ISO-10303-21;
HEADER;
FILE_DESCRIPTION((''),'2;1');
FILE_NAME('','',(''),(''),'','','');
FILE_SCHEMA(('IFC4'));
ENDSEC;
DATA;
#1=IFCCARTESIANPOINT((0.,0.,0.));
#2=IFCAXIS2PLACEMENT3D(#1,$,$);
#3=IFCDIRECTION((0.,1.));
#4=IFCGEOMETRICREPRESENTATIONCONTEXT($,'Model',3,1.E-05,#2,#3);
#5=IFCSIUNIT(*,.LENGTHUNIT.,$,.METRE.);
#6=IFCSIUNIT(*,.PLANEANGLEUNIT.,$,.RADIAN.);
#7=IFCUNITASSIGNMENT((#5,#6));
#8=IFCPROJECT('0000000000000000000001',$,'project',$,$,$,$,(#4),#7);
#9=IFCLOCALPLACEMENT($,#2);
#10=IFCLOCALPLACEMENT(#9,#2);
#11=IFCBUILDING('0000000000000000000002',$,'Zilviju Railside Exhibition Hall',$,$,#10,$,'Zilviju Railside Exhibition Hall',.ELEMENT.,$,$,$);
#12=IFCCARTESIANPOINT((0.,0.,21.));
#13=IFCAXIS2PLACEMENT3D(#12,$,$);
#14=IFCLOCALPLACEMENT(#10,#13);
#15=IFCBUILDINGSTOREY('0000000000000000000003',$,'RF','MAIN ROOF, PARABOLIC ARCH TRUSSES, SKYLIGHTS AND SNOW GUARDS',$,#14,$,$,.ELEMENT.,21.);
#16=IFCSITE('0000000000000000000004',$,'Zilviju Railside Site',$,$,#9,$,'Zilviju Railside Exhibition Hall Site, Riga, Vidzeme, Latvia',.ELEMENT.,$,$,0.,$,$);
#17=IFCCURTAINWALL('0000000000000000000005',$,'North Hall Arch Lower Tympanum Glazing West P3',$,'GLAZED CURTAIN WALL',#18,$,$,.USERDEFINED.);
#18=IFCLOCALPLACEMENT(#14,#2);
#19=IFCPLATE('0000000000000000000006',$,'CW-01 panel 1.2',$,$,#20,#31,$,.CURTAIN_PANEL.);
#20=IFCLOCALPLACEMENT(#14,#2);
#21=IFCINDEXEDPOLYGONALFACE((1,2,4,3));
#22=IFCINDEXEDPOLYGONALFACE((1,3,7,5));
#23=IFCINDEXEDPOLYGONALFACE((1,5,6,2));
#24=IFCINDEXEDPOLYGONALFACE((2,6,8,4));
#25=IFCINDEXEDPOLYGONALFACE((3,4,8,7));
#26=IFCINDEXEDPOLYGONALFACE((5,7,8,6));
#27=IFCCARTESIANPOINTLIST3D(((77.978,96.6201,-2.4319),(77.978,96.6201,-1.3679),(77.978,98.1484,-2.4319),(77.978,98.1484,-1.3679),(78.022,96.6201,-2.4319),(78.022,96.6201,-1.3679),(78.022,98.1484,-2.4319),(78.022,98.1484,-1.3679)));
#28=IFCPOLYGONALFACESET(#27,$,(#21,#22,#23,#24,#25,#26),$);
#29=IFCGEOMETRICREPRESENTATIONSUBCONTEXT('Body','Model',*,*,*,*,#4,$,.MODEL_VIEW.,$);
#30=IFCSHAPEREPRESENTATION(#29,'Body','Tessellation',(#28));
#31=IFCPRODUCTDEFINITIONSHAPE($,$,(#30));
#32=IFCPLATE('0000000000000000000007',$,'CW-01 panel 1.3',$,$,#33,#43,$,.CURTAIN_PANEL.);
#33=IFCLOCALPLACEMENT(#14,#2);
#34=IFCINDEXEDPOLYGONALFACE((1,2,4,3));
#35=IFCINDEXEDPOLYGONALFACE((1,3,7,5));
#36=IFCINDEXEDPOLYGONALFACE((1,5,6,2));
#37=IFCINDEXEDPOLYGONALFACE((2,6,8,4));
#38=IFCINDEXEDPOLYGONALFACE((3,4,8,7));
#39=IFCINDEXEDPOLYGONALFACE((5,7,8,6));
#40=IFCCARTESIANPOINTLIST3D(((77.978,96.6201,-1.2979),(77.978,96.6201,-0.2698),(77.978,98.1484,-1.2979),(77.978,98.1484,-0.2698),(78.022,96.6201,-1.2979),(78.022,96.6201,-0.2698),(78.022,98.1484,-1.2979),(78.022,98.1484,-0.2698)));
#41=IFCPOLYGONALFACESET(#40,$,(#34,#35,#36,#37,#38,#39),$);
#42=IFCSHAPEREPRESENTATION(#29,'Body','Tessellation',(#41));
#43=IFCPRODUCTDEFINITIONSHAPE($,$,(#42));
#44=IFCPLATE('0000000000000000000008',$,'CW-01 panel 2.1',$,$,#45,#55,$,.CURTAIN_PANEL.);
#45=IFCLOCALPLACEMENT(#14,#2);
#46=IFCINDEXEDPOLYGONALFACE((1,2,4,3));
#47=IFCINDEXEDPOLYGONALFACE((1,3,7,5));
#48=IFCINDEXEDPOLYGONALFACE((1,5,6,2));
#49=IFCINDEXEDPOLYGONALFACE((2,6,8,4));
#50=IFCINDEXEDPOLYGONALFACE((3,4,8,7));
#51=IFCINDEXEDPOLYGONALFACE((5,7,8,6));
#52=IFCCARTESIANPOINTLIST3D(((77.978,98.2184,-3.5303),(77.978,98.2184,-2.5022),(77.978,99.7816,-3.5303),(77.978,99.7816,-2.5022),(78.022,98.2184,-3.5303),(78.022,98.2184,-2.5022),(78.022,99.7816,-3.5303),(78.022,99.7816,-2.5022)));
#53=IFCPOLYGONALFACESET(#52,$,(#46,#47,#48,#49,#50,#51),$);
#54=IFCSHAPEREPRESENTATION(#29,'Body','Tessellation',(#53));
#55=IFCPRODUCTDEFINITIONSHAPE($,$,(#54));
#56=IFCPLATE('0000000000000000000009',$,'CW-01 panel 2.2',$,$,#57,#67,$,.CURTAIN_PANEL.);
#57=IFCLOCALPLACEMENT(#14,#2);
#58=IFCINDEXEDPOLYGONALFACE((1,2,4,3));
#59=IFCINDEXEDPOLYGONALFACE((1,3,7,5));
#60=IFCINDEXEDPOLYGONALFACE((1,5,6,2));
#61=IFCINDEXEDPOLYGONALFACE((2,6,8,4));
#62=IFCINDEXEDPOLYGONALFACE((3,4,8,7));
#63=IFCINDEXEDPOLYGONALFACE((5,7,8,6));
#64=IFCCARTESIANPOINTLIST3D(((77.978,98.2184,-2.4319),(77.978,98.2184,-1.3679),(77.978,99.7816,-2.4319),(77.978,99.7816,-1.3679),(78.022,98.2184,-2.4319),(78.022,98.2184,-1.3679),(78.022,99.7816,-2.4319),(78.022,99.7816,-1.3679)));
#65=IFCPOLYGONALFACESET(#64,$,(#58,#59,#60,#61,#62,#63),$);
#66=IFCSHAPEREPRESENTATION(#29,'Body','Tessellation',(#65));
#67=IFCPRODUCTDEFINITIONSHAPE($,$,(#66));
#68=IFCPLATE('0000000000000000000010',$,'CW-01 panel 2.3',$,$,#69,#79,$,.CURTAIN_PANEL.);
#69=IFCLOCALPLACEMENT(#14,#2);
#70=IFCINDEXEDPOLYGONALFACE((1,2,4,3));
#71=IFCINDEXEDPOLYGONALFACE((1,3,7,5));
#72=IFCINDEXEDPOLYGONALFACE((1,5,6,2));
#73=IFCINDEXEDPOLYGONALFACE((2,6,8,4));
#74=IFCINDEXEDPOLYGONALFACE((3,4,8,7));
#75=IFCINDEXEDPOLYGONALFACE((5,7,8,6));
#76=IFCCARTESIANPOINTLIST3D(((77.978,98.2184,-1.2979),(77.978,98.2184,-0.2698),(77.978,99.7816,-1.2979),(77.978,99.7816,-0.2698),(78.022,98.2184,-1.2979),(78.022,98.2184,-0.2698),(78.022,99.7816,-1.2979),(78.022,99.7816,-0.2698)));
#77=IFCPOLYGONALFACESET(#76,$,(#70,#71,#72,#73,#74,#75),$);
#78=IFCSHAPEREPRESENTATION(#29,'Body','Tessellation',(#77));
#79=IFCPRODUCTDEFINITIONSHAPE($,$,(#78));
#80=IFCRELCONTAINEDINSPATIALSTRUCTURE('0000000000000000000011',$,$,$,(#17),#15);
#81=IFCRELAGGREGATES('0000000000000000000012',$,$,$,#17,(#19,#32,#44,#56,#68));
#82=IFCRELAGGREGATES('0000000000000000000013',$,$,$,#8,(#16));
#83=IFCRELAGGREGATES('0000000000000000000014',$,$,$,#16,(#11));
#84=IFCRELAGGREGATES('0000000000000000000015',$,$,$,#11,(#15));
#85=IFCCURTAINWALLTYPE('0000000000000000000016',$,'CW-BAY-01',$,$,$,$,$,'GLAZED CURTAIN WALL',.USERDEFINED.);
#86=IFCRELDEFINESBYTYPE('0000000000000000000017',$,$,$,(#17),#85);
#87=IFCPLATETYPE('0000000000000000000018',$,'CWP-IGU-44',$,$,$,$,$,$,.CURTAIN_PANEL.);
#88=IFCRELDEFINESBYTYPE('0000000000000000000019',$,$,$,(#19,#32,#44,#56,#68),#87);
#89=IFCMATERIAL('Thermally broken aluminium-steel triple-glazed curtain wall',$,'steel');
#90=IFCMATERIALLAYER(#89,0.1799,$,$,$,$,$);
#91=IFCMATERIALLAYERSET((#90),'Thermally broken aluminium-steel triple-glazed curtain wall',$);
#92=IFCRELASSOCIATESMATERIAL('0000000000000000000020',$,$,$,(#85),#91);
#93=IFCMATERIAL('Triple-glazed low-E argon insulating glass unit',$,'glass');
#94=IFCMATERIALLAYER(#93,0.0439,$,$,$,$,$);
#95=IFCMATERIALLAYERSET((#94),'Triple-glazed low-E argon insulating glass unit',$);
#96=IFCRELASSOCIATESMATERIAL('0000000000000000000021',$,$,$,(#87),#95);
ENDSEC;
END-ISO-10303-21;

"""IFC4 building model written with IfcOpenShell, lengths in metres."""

from ifc_helpers import new_model, si_unit, direction, frame, origin, origin_2d, place, context, subcontext, project, spatial, rectangle, extrude, material, layer, layer_set, type_object, element, aggregate, save


model = new_model("IFC4")

# Units and contexts
model_context = context("Model", 3, precision=1e-05, world=origin(), true_north=direction((0.0, 1.0)))
body_context = subcontext(model_context, "Body", "Model", "MODEL_VIEW")
ifc_project = project(units=[si_unit("LENGTHUNIT", "METRE"), si_unit("PLANEANGLEUNIT", "RADIAN")], contexts=[model_context])

# Site, building, storey
site_placement = place(None, origin())
site = spatial("IfcSite", under=ifc_project, at=site_placement, Name="Zilviju Railside Site", LongName="Zilviju Railside Exhibition Hall Site, Riga, Vidzeme, Latvia", CompositionType="ELEMENT", RefElevation=0.0)
building_placement = place(site_placement, origin())
building = spatial("IfcBuilding", under=site, at=building_placement, Name="Zilviju Railside Exhibition Hall", LongName="Zilviju Railside Exhibition Hall", CompositionType="ELEMENT")
storey_placement = place(building_placement, frame((0.0, 0.0, 21.0)))
storey = spatial("IfcBuildingStorey", under=building, at=storey_placement, Name="RF", Description="MAIN ROOF, PARABOLIC ARCH TRUSSES, SKYLIGHTS AND SNOW GUARDS", CompositionType="ELEMENT", Elevation=21.0)

# Curtain wall
ifc_material_1 = material(Name="Thermally broken aluminium-steel triple-glazed curtain wall", Category="steel")
ifc_layer_1 = layer(ifc_material_1, 0.1799)
ifc_layer_set_1 = layer_set([ifc_layer_1], Name="Thermally broken aluminium-steel triple-glazed curtain wall")
curtain_wall_type_1 = type_object("IfcCurtainWallType", Name="CW-BAY-01", ElementType="GLAZED CURTAIN WALL", PredefinedType="USERDEFINED", material=ifc_layer_set_1)
curtain_wall_1_placement = place(storey_placement, origin())
curtain_wall_1 = element("IfcCurtainWall", 1, at=curtain_wall_1_placement, inside=storey, type_object=curtain_wall_type_1, Name="North Hall Arch Lower Tympanum Glazing West P3", ObjectType="GLAZED CURTAIN WALL", PredefinedType="USERDEFINED")

# Plates
ifc_material_2 = material(Name="Triple-glazed low-E argon insulating glass unit", Category="glass")
ifc_layer_2 = layer(ifc_material_2, 0.0439)
ifc_layer_set_2 = layer_set([ifc_layer_2], Name="Triple-glazed low-E argon insulating glass unit")
plate_type_1 = type_object("IfcPlateType", Name="CWP-IGU-44", PredefinedType="CURTAIN_PANEL", material=ifc_layer_set_2)
plate_1_placement = place(storey_placement, frame((78.0, 97.3843, -2.4319), z_axis=(0.0, 0.0, 1.0), x_axis=(0.0, 1.0, 0.0)))
plate_1 = element("IfcPlate", 2, at=plate_1_placement, type_object=plate_type_1, Name="CW-01 panel 1.2", PredefinedType="CURTAIN_PANEL", context=body_context, shape_type="SweptSolid", body=[
    extrude(rectangle(XDim=1.5283, YDim=0.0439, at=origin_2d()), origin(), (0.0, 0.0, 1.0), 1.064),
])
plate_2_placement = place(storey_placement, frame((78.0, 97.3843, -1.2979), z_axis=(0.0, 0.0, 1.0), x_axis=(0.0, 1.0, 0.0)))
plate_2 = element("IfcPlate", 3, at=plate_2_placement, type_object=plate_type_1, Name="CW-01 panel 1.3", PredefinedType="CURTAIN_PANEL", context=body_context, shape_type="SweptSolid", body=[
    extrude(rectangle(XDim=1.5283, YDim=0.0439, at=origin_2d()), origin(), (0.0, 0.0, 1.0), 1.0281),
])
plate_3_placement = place(storey_placement, frame((78.0, 99.0, -3.5303), z_axis=(0.0, 0.0, 1.0), x_axis=(0.0, 1.0, 0.0)))
plate_3 = element("IfcPlate", 4, at=plate_3_placement, type_object=plate_type_1, Name="CW-01 panel 2.1", PredefinedType="CURTAIN_PANEL", context=body_context, shape_type="SweptSolid", body=[
    extrude(rectangle(XDim=1.5632, YDim=0.0439, at=origin_2d()), origin(), (0.0, 0.0, 1.0), 1.0281),
])
plate_4_placement = place(storey_placement, frame((78.0, 99.0, -2.4319), z_axis=(0.0, 0.0, 1.0), x_axis=(0.0, 1.0, 0.0)))
plate_4 = element("IfcPlate", 5, at=plate_4_placement, type_object=plate_type_1, Name="CW-01 panel 2.2", PredefinedType="CURTAIN_PANEL", context=body_context, shape_type="SweptSolid", body=[
    extrude(rectangle(XDim=1.5632, YDim=0.0439, at=origin_2d()), origin(), (0.0, 0.0, 1.0), 1.064),
])
plate_5_placement = place(storey_placement, frame((78.0, 99.0, -1.2979), z_axis=(0.0, 0.0, 1.0), x_axis=(0.0, 1.0, 0.0)))
plate_5 = element("IfcPlate", 6, at=plate_5_placement, type_object=plate_type_1, Name="CW-01 panel 2.3", PredefinedType="CURTAIN_PANEL", context=body_context, shape_type="SweptSolid", body=[
    extrude(rectangle(XDim=1.5632, YDim=0.0439, at=origin_2d()), origin(), (0.0, 0.0, 1.0), 1.0281),
])
aggregate(curtain_wall_1, [plate_1, plate_2, plate_3, plate_4, plate_5])

save(model, "model.ifc")
